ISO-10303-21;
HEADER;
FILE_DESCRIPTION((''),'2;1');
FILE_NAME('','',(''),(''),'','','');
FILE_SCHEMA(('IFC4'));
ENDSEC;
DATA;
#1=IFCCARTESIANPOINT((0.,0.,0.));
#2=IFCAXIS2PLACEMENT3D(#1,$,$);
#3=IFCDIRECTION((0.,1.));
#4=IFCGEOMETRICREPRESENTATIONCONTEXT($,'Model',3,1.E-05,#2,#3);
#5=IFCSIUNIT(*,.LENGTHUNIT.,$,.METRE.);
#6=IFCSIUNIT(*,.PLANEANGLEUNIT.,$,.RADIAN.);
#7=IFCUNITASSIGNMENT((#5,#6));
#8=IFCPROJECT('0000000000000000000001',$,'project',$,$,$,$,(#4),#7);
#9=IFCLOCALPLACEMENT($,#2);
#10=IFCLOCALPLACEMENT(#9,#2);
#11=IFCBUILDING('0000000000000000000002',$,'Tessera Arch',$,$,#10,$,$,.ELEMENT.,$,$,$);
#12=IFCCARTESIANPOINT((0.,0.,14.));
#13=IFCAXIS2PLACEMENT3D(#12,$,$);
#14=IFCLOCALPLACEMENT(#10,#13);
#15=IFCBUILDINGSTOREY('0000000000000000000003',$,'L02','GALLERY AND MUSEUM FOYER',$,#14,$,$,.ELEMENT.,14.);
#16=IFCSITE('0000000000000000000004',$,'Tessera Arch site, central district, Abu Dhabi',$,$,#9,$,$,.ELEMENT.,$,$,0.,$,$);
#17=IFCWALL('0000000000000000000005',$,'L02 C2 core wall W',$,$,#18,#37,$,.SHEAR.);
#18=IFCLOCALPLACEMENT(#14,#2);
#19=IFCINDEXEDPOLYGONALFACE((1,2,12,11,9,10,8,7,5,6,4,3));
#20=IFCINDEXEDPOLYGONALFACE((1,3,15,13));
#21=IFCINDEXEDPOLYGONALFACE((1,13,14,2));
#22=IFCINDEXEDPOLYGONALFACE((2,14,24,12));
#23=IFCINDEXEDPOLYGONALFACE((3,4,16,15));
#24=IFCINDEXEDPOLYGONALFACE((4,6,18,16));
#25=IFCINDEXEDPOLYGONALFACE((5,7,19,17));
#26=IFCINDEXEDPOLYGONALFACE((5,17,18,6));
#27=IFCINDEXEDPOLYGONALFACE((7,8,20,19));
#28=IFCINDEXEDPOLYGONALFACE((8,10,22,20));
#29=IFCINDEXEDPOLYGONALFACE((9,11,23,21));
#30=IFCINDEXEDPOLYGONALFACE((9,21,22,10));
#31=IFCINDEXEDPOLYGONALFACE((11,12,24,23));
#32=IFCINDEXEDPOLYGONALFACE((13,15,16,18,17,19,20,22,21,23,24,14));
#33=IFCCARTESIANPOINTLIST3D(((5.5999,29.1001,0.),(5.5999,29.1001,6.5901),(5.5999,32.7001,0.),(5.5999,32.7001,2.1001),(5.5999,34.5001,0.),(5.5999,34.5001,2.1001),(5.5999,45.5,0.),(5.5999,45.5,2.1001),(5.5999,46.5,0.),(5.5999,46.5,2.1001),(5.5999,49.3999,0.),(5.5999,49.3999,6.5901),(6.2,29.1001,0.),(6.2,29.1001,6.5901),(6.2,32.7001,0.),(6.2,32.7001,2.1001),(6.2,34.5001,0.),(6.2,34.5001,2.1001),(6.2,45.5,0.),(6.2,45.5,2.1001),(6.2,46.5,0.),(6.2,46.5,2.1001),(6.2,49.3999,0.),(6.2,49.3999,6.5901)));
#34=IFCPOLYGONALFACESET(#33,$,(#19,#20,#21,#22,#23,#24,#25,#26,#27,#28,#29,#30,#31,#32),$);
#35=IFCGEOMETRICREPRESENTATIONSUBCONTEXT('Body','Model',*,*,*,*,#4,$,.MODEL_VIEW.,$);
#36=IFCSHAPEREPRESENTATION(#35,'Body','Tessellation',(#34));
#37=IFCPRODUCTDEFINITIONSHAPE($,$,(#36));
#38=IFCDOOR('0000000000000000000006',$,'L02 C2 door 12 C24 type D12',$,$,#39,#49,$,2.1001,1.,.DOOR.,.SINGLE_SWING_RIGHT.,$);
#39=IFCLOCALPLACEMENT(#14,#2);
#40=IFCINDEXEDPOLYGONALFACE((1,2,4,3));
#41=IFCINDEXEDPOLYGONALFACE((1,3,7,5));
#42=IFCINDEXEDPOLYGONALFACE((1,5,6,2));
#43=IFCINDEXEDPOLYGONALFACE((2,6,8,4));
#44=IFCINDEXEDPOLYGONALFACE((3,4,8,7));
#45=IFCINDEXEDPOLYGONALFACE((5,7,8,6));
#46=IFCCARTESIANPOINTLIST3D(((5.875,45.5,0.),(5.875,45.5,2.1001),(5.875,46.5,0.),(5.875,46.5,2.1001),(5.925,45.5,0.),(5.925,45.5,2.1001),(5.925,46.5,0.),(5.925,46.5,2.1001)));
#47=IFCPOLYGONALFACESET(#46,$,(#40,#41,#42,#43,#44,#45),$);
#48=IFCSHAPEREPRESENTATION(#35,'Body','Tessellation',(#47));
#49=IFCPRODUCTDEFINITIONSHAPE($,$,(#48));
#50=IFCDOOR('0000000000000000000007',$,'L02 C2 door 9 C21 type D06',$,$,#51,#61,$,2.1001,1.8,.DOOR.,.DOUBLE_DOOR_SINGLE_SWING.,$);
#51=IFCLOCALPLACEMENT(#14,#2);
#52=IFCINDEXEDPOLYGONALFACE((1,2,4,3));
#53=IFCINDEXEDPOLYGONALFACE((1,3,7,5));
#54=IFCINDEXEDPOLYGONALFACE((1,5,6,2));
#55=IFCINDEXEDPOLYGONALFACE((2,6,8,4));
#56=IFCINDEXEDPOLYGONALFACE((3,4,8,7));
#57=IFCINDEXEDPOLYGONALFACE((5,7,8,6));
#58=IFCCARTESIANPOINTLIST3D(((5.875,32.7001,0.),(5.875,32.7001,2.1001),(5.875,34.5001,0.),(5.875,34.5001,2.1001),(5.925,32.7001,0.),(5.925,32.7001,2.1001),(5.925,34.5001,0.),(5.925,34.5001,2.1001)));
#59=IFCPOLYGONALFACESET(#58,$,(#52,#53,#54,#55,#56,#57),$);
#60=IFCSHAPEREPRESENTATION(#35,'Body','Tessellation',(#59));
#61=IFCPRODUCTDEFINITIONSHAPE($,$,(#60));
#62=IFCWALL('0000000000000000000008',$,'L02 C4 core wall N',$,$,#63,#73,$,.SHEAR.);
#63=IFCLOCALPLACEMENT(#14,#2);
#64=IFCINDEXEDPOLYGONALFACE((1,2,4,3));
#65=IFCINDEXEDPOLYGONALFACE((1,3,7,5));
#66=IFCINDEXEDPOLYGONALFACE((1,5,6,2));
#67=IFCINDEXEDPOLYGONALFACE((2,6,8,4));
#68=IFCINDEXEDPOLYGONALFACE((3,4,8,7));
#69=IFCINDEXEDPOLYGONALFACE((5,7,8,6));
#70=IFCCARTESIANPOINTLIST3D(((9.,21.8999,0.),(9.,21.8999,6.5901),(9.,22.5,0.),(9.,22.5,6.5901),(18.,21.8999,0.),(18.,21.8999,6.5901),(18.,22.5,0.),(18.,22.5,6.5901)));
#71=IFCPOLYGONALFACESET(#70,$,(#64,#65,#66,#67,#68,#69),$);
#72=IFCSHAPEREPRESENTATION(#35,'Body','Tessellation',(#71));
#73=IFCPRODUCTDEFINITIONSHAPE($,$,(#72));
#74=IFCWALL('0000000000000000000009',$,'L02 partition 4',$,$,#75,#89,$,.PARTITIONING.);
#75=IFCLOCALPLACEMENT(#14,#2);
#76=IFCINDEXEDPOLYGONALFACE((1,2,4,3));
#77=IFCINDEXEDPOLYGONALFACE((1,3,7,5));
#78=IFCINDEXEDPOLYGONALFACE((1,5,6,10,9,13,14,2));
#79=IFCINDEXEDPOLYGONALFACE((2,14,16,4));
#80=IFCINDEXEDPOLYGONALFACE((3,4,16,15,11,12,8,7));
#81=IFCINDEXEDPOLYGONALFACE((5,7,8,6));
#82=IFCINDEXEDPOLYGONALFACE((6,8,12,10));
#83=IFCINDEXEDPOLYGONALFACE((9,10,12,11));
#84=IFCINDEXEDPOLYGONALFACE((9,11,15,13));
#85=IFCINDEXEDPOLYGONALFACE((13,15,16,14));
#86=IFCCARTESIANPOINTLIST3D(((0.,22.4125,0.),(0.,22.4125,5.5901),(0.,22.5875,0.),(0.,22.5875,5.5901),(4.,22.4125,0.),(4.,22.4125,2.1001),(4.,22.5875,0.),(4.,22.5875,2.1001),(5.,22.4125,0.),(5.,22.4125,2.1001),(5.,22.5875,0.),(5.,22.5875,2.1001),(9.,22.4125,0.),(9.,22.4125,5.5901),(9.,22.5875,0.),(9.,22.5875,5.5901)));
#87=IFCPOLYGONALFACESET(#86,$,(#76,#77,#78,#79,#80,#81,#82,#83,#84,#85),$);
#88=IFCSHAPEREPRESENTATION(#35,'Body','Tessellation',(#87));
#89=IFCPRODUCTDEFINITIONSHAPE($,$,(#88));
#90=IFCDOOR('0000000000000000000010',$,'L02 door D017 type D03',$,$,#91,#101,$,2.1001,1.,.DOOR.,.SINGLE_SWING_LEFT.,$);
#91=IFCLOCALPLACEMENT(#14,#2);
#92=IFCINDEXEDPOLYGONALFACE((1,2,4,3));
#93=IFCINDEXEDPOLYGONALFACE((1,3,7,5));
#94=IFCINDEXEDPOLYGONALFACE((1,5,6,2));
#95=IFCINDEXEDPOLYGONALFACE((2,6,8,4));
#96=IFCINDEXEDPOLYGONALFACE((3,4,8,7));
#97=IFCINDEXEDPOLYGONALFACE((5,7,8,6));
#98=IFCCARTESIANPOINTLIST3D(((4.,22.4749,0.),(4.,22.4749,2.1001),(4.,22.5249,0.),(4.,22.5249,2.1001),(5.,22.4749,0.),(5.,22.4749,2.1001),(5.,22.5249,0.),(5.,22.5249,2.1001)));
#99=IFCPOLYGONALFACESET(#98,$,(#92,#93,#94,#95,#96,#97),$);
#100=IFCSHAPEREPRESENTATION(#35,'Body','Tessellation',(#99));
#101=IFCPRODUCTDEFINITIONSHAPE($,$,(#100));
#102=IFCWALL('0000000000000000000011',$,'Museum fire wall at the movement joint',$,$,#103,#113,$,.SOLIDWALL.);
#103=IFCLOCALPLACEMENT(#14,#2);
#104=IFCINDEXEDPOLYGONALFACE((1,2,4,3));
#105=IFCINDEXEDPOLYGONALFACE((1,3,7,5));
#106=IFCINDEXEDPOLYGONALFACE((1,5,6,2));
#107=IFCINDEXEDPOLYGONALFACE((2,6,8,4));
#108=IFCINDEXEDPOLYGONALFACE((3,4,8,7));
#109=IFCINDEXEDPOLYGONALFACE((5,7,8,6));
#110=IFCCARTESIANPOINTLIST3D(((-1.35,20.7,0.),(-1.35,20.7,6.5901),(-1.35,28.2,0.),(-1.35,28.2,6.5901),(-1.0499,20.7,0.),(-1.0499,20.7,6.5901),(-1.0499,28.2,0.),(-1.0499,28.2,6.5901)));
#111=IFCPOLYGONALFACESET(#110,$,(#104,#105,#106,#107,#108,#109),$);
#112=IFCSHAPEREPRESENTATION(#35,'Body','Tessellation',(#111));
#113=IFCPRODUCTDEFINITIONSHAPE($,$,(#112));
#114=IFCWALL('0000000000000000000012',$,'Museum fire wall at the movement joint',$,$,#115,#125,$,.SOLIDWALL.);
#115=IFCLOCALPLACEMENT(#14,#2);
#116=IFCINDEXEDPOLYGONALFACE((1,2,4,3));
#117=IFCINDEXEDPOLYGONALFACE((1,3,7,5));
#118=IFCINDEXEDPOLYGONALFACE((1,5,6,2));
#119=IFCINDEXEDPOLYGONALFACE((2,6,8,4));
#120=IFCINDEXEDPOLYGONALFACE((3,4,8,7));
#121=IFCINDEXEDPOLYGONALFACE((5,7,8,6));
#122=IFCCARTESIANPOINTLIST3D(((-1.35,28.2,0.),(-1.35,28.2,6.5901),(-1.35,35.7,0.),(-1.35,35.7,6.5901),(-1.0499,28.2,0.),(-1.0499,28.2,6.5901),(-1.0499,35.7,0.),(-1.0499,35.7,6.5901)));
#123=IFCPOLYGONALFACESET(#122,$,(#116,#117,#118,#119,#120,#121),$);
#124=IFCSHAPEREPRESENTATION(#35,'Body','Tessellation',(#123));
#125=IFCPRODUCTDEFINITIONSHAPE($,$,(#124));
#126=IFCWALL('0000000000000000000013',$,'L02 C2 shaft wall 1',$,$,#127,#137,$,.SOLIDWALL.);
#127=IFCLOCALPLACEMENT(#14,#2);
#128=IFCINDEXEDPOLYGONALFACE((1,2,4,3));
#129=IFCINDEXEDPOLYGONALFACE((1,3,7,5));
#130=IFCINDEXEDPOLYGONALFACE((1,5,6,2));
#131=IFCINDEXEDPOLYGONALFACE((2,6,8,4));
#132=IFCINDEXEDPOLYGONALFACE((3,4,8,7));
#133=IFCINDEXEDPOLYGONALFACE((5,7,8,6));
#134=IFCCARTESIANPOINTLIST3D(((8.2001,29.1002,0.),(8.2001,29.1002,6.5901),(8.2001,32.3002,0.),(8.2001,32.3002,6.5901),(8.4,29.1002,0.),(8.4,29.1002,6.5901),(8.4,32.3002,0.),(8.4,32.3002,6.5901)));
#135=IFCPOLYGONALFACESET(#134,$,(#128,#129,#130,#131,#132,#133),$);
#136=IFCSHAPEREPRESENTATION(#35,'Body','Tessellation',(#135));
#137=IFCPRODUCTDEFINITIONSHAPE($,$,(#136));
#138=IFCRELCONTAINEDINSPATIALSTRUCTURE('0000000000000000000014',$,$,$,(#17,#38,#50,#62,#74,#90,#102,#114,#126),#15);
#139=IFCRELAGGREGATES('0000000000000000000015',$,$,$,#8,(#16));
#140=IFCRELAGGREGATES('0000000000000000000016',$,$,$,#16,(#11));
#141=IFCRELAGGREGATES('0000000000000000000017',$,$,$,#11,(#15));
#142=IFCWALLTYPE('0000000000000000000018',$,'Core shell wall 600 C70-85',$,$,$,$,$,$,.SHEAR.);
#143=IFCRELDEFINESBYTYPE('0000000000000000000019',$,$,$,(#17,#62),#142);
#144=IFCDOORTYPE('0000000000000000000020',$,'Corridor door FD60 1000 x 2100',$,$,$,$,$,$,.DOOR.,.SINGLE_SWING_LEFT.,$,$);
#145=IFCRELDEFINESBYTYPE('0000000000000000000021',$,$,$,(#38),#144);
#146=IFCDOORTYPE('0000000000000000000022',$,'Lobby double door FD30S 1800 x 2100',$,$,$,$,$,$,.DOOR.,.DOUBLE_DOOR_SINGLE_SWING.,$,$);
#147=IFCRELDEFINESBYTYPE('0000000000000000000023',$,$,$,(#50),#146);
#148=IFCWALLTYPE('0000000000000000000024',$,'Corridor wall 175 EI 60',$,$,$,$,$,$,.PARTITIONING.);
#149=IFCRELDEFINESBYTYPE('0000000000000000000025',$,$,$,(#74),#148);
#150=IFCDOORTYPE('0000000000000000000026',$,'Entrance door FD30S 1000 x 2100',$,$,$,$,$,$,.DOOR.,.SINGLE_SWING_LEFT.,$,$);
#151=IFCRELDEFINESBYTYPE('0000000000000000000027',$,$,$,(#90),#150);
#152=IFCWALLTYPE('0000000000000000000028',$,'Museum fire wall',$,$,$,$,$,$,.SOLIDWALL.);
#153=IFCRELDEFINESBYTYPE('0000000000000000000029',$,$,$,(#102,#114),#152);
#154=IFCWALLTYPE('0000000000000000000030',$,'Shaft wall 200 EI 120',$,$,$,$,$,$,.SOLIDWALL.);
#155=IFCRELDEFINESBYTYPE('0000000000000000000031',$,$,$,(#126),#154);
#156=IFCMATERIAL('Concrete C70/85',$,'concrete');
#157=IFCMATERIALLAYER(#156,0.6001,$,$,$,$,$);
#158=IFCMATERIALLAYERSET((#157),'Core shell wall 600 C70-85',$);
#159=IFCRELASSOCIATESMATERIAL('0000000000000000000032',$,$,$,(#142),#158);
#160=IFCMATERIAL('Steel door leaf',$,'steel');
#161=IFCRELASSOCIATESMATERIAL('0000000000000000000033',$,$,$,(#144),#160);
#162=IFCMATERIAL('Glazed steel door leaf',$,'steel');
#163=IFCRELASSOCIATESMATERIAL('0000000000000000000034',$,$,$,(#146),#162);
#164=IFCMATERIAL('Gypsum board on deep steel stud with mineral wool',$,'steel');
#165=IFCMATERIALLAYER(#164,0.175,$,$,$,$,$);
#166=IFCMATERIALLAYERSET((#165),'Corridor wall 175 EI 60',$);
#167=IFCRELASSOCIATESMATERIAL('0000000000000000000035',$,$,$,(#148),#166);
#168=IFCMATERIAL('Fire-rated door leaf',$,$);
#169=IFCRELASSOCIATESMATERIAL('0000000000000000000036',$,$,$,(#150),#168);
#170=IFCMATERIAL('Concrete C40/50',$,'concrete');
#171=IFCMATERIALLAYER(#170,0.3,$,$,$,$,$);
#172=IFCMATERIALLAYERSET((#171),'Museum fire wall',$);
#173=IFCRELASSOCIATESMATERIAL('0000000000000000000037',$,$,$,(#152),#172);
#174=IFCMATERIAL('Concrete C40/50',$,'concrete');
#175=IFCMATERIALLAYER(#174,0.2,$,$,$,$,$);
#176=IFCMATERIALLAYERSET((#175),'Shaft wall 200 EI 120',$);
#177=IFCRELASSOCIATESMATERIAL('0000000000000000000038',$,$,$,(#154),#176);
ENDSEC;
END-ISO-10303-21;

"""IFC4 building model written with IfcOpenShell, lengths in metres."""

from ifc_helpers import new_model, si_unit, direction, frame, frame_2d, origin, place, context, subcontext, project, spatial, rectangle, extrude, material, layer, layer_set, type_object, element, fill, save


model = new_model("IFC4")

# Units and contexts
model_context = context("Model", 3, precision=1e-05, world=origin(), true_north=direction((0.0, 1.0)))
body_context = subcontext(model_context, "Body", "Model", "MODEL_VIEW")
ifc_project = project(units=[si_unit("LENGTHUNIT", "METRE"), si_unit("PLANEANGLEUNIT", "RADIAN")], contexts=[model_context])

# Site, building, storey
site_placement = place(None, origin())
site = spatial("IfcSite", under=ifc_project, at=site_placement, Name="Tessera Arch site, central district, Abu Dhabi", CompositionType="ELEMENT", RefElevation=0.0)
building_placement = place(site_placement, origin())
building = spatial("IfcBuilding", under=site, at=building_placement, Name="Tessera Arch", CompositionType="ELEMENT")
storey_placement = place(building_placement, frame((0.0, 0.0, 14.0)))
storey = spatial("IfcBuildingStorey", under=building, at=storey_placement, Name="L02", Description="GALLERY AND MUSEUM FOYER", CompositionType="ELEMENT", Elevation=14.0)

# Wall, openings, doors
ifc_material_1 = material(Name="Concrete C70/85", Category="concrete")
ifc_layer_1 = layer(ifc_material_1, 0.6001)
ifc_layer_set_1 = layer_set([ifc_layer_1], Name="Core shell wall 600 C70-85")
wall_type_1 = type_object("IfcWallType", Name="Core shell wall 600 C70-85", PredefinedType="SHEAR", material=ifc_layer_set_1)
wall_1_placement = place(storey_placement, frame((5.8999, 29.1001, 0.0), z_axis=(0.0, 0.0, 1.0), x_axis=(0.0, 1.0, 0.0)))
wall_1 = element("IfcWall", 1, at=wall_1_placement, inside=storey, type_object=wall_type_1, Name="L02 C2 core wall W", PredefinedType="SHEAR", context=body_context, shape_type="SweptSolid", body=[
    extrude(rectangle(XDim=20.2998, YDim=0.6001, at=frame_2d((10.1499, 0.0))), origin(), (0.0, 0.0, 1.0), 6.5901),
])
opening_1_placement = place(wall_1_placement, frame((3.6001, 0.0, 0.0)))
opening_1 = element("IfcOpeningElement", 2, at=opening_1_placement, cuts=wall_1, PredefinedType="OPENING", context=body_context, shape_type="SweptSolid", body=[
    extrude(rectangle(XDim=1.8, YDim=2.1001, at=frame_2d((0.8999, 1.05))), frame((0.0, 0.3101, 0.0), z_axis=(0.0, -1.0, 0.0), x_axis=(1.0, 0.0, 0.0)), (0.0, 0.0, 1.0), 0.6201),
])
opening_2_placement = place(wall_1_placement, frame((16.3999, 0.0, 0.0)))
opening_2 = element("IfcOpeningElement", 3, at=opening_2_placement, cuts=wall_1, PredefinedType="OPENING", context=body_context, shape_type="SweptSolid", body=[
    extrude(rectangle(XDim=1.0, YDim=2.1001, at=frame_2d((0.5, 1.05))), frame((0.0, 0.3101, 0.0), z_axis=(0.0, -1.0, 0.0), x_axis=(1.0, 0.0, 0.0)), (0.0, 0.0, 1.0), 0.6201),
])
ifc_material_2 = material(Name="Steel door leaf", Category="steel")
door_type_1 = type_object("IfcDoorType", Name="Corridor door FD60 1000 x 2100", OperationType="SINGLE_SWING_LEFT", PredefinedType="DOOR", material=ifc_material_2)
door_1_placement = place(opening_2_placement, origin())
door_1 = element("IfcDoor", 4, at=door_1_placement, inside=storey, type_object=door_type_1, Name="L02 C2 door 12 C24 type D12", OperationType="SINGLE_SWING_RIGHT", OverallHeight=2.1001, OverallWidth=1.0, PredefinedType="DOOR", context=body_context, shape_type="SweptSolid", body=[
    extrude(rectangle(XDim=1.0, YDim=2.1001, at=frame_2d((0.5, 1.05))), frame((0.0, 0.0249, 0.0), z_axis=(0.0, -1.0, 0.0), x_axis=(1.0, 0.0, 0.0)), (0.0, 0.0, 1.0), 0.05),
])
fill(opening_2, door_1)
ifc_material_3 = material(Name="Glazed steel door leaf", Category="steel")
door_type_2 = type_object("IfcDoorType", Name="Lobby double door FD30S 1800 x 2100", OperationType="DOUBLE_DOOR_SINGLE_SWING", PredefinedType="DOOR", material=ifc_material_3)
door_2_placement = place(opening_1_placement, origin())
door_2 = element("IfcDoor", 5, at=door_2_placement, inside=storey, type_object=door_type_2, Name="L02 C2 door 9 C21 type D06", OperationType="DOUBLE_DOOR_SINGLE_SWING", OverallHeight=2.1001, OverallWidth=1.8, PredefinedType="DOOR", context=body_context, shape_type="SweptSolid", body=[
    extrude(rectangle(XDim=1.8, YDim=2.1001, at=frame_2d((0.8999, 1.05))), frame((0.0, 0.0249, 0.0), z_axis=(0.0, -1.0, 0.0), x_axis=(1.0, 0.0, 0.0)), (0.0, 0.0, 1.0), 0.05),
])
fill(opening_1, door_2)

# Wall
wall_2_placement = place(storey_placement, frame((9.0, 22.2, 0.0), z_axis=(0.0, 0.0, 1.0), x_axis=(1.0, 0.0, 0.0)))
element("IfcWall", 6, at=wall_2_placement, inside=storey, type_object=wall_type_1, Name="L02 C4 core wall N", PredefinedType="SHEAR", context=body_context, shape_type="SweptSolid", body=[
    extrude(rectangle(XDim=9.0, YDim=0.6001, at=frame_2d((4.5, 0.0))), origin(), (0.0, 0.0, 1.0), 6.5901),
])

# Wall, opening, door
ifc_material_4 = material(Name="Gypsum board on deep steel stud with mineral wool", Category="steel")
ifc_layer_2 = layer(ifc_material_4, 0.175)
ifc_layer_set_2 = layer_set([ifc_layer_2], Name="Corridor wall 175 EI 60")
wall_type_2 = type_object("IfcWallType", Name="Corridor wall 175 EI 60", PredefinedType="PARTITIONING", material=ifc_layer_set_2)
wall_3_placement = place(storey_placement, frame((0.0, 22.5, 0.0), z_axis=(0.0, 0.0, 1.0), x_axis=(1.0, 0.0, 0.0)))
wall_3 = element("IfcWall", 7, at=wall_3_placement, inside=storey, type_object=wall_type_2, Name="L02 partition 4", PredefinedType="PARTITIONING", context=body_context, shape_type="SweptSolid", body=[
    extrude(rectangle(XDim=9.0, YDim=0.175, at=frame_2d((4.5, 0.0))), origin(), (0.0, 0.0, 1.0), 5.5901),
])
opening_3_placement = place(wall_3_placement, frame((4.0, 0.0, 0.0)))
opening_3 = element("IfcOpeningElement", 8, at=opening_3_placement, cuts=wall_3, PredefinedType="OPENING", context=body_context, shape_type="SweptSolid", body=[
    extrude(rectangle(XDim=1.0, YDim=2.1001, at=frame_2d((0.5, 1.05))), frame((0.0, 0.0974, 0.0), z_axis=(0.0, -1.0, 0.0), x_axis=(1.0, 0.0, 0.0)), (0.0, 0.0, 1.0), 0.1951),
])
ifc_material_5 = material(Name="Fire-rated door leaf")
door_type_3 = type_object("IfcDoorType", Name="Entrance door FD30S 1000 x 2100", OperationType="SINGLE_SWING_LEFT", PredefinedType="DOOR", material=ifc_material_5)
door_3_placement = place(opening_3_placement, origin())
door_3 = element("IfcDoor", 9, at=door_3_placement, inside=storey, type_object=door_type_3, Name="L02 door D017 type D03", OperationType="SINGLE_SWING_LEFT", OverallHeight=2.1001, OverallWidth=1.0, PredefinedType="DOOR", context=body_context, shape_type="SweptSolid", body=[
    extrude(rectangle(XDim=1.0, YDim=2.1001, at=frame_2d((0.5, 1.05))), frame((0.0, 0.0249, 0.0), z_axis=(0.0, -1.0, 0.0), x_axis=(1.0, 0.0, 0.0)), (0.0, 0.0, 1.0), 0.05),
])
fill(opening_3, door_3)

# Walls
ifc_material_6 = material(Name="Concrete C40/50", Category="concrete")
ifc_layer_3 = layer(ifc_material_6, 0.3)
ifc_layer_set_3 = layer_set([ifc_layer_3], Name="Museum fire wall")
wall_type_3 = type_object("IfcWallType", Name="Museum fire wall", PredefinedType="SOLIDWALL", material=ifc_layer_set_3)
for number, where, z_axis, x_axis, name in (
    (10, (-1.2, 20.7, 0.0), (0.0, 0.0, 1.0), (0.0, 1.0, 0.0), "Museum fire wall at the movement joint"),
    (11, (-1.2, 28.2, 0.0), (0.0, 0.0, 1.0), (0.0, 1.0, 0.0), "Museum fire wall at the movement joint"),
):
    element("IfcWall", number, at=place(storey_placement, frame(where, z_axis=z_axis, x_axis=x_axis)), inside=storey, type_object=wall_type_3, Name=name, PredefinedType="SOLIDWALL", context=body_context, shape_type="SweptSolid", body=[
        extrude(rectangle(XDim=7.5, YDim=0.3, at=frame_2d((3.75, 0.0))), origin(), (0.0, 0.0, 1.0), 6.5901),
    ])
ifc_material_7 = material(Name="Concrete C40/50", Category="concrete")
ifc_layer_4 = layer(ifc_material_7, 0.2)
ifc_layer_set_4 = layer_set([ifc_layer_4], Name="Shaft wall 200 EI 120")
wall_type_4 = type_object("IfcWallType", Name="Shaft wall 200 EI 120", PredefinedType="SOLIDWALL", material=ifc_layer_set_4)
wall_4_placement = place(storey_placement, frame((8.3, 29.1001, 0.0), z_axis=(0.0, 0.0, 1.0), x_axis=(0.0, 1.0, 0.0)))
element("IfcWall", 12, at=wall_4_placement, inside=storey, type_object=wall_type_4, Name="L02 C2 shaft wall 1", PredefinedType="SOLIDWALL", context=body_context, shape_type="SweptSolid", body=[
    extrude(rectangle(XDim=3.2, YDim=0.2, at=frame_2d((1.6001, 0.0))), origin(), (0.0, 0.0, 1.0), 6.5901),
])

save(model, "model.ifc")
